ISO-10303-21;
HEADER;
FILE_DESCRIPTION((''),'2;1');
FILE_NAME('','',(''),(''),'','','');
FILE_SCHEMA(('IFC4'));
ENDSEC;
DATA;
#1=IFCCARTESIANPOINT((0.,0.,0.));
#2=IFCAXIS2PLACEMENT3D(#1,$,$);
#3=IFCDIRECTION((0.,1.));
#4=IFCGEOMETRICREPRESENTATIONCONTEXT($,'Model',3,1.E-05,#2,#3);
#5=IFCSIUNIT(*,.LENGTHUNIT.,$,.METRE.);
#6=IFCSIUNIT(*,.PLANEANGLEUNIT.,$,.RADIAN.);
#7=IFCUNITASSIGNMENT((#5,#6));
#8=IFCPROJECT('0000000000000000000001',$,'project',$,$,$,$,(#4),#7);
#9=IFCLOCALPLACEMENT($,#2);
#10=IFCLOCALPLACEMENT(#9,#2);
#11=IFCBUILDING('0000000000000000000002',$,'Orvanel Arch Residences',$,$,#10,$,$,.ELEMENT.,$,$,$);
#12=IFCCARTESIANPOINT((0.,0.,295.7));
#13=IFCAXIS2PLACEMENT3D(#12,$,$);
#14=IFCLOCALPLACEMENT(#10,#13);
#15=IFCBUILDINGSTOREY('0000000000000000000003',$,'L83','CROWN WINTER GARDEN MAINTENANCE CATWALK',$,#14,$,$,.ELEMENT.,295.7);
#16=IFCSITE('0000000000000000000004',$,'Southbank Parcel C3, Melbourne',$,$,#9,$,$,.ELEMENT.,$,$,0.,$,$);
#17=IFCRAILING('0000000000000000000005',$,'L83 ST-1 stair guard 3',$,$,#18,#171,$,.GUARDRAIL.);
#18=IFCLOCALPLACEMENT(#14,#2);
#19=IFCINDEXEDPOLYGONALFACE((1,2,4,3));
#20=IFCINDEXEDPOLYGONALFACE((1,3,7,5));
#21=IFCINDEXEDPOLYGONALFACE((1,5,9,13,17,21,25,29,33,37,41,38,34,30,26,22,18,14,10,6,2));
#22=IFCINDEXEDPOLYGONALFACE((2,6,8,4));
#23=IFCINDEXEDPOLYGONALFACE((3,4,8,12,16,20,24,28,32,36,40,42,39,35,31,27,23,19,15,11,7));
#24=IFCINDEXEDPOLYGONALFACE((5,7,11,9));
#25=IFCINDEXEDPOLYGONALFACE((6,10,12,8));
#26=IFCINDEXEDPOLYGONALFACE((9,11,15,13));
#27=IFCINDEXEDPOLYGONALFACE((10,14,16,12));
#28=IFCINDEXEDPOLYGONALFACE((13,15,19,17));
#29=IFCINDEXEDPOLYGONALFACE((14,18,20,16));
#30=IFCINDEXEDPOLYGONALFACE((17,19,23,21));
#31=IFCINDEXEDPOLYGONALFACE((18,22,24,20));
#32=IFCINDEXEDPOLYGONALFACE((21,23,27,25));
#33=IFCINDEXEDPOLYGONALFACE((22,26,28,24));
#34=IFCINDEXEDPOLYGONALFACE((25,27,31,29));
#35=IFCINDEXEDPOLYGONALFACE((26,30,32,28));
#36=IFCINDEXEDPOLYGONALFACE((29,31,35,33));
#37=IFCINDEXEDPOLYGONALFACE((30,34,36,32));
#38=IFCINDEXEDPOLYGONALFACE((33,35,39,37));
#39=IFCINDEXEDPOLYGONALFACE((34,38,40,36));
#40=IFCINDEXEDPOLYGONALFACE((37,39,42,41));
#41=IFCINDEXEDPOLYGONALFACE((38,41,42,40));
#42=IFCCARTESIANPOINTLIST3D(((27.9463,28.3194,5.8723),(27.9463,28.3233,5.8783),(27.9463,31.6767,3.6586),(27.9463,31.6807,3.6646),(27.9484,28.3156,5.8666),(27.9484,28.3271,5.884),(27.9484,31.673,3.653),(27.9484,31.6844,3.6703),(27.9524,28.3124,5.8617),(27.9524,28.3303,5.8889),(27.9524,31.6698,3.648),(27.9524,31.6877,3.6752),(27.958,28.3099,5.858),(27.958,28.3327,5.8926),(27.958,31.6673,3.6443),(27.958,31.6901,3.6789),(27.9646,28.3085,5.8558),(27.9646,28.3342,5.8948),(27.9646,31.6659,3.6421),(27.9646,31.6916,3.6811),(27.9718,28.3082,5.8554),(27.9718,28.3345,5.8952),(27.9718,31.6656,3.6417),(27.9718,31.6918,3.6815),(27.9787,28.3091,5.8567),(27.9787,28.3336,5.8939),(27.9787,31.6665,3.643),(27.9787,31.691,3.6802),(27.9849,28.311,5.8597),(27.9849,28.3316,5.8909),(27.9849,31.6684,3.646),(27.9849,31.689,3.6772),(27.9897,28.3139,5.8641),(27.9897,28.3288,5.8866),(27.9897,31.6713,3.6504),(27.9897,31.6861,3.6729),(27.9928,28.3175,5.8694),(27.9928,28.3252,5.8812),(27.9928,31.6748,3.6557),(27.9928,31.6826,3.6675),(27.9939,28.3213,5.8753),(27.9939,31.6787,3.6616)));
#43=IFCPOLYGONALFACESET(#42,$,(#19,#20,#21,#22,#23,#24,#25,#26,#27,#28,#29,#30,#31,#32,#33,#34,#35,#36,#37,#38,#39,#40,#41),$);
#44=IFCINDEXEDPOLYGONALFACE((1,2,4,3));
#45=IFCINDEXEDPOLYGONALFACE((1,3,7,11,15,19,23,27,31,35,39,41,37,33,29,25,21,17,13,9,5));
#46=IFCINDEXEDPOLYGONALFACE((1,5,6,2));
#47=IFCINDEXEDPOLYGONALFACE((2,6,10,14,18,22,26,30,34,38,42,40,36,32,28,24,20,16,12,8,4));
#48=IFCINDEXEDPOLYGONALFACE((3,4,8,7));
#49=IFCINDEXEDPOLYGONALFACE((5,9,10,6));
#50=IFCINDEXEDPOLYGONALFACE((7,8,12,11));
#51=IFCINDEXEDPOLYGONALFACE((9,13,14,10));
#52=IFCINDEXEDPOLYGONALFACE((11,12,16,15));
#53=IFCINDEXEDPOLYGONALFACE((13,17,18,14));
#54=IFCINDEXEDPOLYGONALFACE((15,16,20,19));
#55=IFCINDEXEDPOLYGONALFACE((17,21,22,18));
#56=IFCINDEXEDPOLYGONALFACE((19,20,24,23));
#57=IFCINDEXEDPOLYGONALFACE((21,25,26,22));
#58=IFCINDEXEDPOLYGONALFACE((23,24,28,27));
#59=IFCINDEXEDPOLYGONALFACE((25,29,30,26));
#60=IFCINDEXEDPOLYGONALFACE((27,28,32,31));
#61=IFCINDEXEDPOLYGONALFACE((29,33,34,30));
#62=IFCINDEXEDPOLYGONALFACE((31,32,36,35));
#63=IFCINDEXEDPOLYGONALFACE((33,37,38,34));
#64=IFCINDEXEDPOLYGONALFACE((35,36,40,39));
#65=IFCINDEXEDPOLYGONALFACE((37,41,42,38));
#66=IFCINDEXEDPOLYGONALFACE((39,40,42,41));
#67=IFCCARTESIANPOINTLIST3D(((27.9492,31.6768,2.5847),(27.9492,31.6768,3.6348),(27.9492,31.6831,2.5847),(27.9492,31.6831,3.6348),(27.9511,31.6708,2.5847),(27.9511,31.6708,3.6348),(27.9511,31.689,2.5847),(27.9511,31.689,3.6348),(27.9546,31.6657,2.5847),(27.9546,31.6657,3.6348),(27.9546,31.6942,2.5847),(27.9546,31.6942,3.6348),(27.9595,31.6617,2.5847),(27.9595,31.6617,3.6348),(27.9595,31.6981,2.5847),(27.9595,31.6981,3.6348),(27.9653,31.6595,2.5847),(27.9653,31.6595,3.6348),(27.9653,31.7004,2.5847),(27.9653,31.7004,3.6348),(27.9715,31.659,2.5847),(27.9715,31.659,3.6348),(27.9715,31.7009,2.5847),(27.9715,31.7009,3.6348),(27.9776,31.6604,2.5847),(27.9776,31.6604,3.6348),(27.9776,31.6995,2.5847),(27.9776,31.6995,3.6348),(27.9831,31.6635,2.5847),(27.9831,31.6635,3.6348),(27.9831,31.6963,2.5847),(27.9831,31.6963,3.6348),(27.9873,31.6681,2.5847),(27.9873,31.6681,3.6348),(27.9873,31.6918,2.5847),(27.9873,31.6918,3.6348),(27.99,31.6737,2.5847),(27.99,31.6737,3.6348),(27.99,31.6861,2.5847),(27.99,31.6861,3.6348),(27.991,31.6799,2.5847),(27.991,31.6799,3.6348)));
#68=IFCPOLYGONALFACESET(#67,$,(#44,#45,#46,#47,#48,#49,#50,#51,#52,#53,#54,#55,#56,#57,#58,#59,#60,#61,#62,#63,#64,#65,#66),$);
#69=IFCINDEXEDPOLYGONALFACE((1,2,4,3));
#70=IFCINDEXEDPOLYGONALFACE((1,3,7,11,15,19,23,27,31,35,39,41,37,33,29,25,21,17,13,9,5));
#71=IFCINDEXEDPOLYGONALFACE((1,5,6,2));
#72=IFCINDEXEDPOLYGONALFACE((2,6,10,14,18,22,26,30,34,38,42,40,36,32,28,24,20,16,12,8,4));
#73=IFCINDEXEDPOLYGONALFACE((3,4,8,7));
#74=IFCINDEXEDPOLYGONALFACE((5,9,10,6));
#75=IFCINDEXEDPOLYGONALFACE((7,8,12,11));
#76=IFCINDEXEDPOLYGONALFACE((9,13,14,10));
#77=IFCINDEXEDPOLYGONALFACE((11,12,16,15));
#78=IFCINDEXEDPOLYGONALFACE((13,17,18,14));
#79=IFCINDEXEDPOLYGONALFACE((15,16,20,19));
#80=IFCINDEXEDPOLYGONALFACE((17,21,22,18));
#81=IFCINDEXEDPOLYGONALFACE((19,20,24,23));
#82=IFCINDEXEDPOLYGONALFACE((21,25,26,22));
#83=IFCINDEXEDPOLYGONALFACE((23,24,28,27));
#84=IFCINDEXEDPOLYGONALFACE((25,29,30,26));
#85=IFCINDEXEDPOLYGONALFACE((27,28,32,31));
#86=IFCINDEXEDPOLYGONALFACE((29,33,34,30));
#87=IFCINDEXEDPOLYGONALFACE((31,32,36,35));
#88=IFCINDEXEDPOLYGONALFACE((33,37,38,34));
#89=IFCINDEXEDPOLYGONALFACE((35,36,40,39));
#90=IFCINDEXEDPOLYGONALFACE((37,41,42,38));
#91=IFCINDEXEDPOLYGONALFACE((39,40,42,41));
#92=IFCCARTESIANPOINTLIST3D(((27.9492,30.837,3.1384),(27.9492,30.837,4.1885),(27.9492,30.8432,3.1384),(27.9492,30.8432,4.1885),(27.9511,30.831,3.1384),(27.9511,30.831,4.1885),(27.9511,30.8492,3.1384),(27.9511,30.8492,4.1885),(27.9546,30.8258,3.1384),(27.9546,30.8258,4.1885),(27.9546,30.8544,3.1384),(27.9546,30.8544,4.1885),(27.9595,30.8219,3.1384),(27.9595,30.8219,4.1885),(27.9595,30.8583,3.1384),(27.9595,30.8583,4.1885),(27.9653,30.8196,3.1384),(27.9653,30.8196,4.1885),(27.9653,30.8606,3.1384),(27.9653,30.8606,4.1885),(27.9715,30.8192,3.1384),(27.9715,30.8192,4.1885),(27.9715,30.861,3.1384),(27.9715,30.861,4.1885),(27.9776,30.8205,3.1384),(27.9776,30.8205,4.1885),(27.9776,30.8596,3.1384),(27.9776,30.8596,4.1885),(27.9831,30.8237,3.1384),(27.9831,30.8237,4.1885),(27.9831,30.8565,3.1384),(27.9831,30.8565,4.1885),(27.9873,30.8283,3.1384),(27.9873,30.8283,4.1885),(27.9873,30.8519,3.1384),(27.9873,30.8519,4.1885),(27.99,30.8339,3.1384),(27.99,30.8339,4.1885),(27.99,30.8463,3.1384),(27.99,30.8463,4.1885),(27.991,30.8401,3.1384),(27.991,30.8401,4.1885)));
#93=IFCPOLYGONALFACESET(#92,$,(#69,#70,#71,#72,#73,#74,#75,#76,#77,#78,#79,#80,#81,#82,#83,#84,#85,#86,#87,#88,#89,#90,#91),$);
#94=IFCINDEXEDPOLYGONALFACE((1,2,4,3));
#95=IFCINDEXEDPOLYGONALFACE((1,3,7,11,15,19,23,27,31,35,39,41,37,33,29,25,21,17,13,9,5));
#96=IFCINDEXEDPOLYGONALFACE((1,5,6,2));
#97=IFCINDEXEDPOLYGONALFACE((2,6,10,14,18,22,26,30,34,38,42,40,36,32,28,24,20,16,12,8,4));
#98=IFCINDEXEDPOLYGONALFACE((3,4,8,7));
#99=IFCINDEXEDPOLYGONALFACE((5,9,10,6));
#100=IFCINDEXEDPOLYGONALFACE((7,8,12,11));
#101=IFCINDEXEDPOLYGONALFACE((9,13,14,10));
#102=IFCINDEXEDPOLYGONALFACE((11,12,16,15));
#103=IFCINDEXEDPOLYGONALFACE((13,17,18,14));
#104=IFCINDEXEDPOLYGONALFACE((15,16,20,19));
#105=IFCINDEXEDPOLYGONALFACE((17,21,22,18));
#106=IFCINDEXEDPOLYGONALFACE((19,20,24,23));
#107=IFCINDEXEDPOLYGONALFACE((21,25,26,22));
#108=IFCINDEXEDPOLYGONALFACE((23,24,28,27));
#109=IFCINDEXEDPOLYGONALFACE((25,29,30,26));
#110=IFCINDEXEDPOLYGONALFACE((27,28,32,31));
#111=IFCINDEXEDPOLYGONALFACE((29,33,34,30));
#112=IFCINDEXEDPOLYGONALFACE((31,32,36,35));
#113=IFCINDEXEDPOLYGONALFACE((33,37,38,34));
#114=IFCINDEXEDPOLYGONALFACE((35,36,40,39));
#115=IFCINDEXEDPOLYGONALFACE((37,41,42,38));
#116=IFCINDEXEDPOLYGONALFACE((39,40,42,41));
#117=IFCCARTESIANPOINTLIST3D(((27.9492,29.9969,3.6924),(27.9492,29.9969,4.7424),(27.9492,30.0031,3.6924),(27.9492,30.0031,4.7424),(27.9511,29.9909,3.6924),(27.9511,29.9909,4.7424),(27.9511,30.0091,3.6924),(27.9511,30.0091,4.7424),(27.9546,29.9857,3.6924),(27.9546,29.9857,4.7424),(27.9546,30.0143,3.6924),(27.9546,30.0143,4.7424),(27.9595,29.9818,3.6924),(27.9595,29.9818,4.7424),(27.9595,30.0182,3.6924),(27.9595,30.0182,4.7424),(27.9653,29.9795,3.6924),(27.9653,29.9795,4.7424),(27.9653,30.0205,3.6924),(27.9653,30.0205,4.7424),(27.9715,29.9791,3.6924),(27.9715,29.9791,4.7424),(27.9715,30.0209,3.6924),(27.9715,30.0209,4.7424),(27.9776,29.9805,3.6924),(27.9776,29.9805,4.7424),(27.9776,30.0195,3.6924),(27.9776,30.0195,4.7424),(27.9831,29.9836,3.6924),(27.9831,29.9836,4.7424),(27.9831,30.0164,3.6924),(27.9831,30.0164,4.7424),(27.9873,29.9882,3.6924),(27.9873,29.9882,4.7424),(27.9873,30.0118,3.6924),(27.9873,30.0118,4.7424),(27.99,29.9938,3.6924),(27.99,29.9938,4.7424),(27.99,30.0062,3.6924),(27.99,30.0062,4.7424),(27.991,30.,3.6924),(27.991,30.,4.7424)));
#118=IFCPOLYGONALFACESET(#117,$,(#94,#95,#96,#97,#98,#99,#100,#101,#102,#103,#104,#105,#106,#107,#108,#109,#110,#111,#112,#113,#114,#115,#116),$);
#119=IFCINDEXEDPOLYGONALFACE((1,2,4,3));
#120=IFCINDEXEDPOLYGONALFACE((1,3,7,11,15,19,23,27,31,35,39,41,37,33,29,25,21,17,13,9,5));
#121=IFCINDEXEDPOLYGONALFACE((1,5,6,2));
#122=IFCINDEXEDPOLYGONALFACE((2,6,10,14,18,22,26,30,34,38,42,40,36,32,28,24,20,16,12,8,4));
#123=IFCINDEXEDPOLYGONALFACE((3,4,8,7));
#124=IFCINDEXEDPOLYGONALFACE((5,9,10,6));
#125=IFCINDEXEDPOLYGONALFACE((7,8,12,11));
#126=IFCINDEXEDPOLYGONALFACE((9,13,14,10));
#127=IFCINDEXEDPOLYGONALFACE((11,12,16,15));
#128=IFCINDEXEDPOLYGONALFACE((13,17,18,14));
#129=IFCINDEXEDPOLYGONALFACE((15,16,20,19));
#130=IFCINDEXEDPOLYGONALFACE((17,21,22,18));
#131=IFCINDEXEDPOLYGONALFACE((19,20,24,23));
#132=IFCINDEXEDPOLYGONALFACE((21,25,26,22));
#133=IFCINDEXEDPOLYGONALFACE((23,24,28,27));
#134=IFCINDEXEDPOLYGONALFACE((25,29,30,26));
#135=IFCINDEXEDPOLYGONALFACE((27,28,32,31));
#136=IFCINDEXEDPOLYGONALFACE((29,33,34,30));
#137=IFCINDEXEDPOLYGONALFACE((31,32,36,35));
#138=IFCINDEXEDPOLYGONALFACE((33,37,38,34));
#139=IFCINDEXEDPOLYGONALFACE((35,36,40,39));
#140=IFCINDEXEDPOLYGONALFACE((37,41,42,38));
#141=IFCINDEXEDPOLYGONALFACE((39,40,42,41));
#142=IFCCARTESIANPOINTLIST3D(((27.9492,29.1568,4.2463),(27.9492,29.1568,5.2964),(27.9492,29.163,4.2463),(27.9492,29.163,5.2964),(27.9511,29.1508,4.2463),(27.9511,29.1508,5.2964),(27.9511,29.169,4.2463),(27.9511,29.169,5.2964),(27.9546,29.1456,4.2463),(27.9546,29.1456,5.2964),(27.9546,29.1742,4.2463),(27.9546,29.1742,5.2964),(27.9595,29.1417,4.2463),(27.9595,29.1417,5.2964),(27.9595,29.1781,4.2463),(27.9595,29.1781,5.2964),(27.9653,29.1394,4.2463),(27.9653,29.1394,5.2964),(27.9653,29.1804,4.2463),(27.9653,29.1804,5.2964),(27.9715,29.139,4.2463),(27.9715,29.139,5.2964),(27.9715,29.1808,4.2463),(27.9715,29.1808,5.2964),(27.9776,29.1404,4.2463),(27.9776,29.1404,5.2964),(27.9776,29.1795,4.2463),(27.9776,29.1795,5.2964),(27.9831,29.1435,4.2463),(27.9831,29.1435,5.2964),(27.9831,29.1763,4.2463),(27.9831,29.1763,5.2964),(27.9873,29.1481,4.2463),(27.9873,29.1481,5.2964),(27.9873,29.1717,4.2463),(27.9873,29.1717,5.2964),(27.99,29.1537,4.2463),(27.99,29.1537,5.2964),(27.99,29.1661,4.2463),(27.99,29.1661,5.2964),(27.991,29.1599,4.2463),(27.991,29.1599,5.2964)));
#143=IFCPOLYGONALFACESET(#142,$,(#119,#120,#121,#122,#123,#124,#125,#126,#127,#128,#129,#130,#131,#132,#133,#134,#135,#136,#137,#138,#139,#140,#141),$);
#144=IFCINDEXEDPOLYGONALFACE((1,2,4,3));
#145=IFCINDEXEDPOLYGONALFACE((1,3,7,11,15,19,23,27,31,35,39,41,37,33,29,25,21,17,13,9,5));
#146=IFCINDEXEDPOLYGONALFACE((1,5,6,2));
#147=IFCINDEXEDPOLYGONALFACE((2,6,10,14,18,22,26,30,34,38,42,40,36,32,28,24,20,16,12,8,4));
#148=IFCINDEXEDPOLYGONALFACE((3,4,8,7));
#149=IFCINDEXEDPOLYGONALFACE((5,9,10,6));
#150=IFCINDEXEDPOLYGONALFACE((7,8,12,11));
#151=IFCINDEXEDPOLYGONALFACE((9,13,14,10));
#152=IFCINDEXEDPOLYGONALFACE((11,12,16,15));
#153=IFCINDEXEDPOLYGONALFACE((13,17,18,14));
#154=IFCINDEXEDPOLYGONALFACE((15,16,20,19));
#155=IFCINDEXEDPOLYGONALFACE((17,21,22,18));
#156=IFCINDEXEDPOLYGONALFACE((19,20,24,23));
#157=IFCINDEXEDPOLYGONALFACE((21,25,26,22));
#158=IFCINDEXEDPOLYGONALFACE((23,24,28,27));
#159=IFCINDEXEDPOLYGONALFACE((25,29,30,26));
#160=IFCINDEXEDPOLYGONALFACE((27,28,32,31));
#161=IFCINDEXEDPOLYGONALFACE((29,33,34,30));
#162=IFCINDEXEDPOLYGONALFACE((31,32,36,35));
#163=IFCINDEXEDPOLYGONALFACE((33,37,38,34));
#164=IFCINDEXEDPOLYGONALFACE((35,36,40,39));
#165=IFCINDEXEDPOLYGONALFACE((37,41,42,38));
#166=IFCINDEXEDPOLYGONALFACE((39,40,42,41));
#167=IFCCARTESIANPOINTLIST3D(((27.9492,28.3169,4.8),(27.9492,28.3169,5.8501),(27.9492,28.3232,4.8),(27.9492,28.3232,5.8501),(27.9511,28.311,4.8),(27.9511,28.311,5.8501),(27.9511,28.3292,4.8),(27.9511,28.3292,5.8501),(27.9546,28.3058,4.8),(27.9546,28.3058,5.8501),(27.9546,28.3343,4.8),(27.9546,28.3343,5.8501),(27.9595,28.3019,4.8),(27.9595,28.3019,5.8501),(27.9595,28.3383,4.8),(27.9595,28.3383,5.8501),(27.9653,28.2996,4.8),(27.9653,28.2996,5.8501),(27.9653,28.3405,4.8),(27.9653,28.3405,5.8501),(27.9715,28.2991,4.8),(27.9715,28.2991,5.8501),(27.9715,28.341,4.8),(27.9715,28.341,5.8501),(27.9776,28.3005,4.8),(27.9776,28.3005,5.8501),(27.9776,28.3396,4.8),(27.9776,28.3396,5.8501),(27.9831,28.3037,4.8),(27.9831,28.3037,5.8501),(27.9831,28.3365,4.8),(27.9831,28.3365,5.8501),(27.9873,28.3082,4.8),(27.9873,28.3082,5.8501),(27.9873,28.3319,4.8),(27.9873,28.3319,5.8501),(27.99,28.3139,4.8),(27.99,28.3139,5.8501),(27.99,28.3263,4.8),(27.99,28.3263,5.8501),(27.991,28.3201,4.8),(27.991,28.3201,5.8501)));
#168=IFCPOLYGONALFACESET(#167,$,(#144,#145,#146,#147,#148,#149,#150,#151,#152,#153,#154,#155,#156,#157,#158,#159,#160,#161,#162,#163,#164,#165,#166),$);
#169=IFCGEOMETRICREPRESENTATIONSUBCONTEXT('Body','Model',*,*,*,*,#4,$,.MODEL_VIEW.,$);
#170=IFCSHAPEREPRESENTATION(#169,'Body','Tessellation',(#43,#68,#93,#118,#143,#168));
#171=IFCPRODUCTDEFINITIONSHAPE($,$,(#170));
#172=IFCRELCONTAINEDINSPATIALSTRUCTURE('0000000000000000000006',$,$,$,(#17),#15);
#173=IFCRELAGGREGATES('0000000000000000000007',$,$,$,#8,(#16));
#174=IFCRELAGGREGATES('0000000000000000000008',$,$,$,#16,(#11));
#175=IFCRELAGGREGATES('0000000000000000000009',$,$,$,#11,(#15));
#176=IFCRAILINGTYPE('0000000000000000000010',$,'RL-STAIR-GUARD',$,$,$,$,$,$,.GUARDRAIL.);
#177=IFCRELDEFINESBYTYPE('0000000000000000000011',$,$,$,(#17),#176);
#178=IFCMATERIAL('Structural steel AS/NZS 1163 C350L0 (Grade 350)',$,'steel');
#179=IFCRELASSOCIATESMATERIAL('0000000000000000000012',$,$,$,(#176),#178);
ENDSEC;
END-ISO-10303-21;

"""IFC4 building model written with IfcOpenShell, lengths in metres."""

from ifc_helpers import new_model, si_unit, direction, frame, origin, origin_2d, place, context, subcontext, project, spatial, circle, extrude, material, type_object, element, save


model = new_model("IFC4")

# Units and contexts
model_context = context("Model", 3, precision=1e-05, world=origin(), true_north=direction((0.0, 1.0)))
body_context = subcontext(model_context, "Body", "Model", "MODEL_VIEW")
ifc_project = project(units=[si_unit("LENGTHUNIT", "METRE"), si_unit("PLANEANGLEUNIT", "RADIAN")], contexts=[model_context])

# Site, building, storey
site_placement = place(None, origin())
site = spatial("IfcSite", under=ifc_project, at=site_placement, Name="Southbank Parcel C3, Melbourne", CompositionType="ELEMENT", RefElevation=0.0)
building_placement = place(site_placement, origin())
building = spatial("IfcBuilding", under=site, at=building_placement, Name="Orvanel Arch Residences", CompositionType="ELEMENT")
storey_placement = place(building_placement, frame((0.0, 0.0, 295.7)))
storey = spatial("IfcBuildingStorey", under=building, at=storey_placement, Name="L83", Description="CROWN WINTER GARDEN MAINTENANCE CATWALK", CompositionType="ELEMENT", Elevation=295.7)

# Shared definitions
ifc_material_1 = material(Name="Structural steel AS/NZS 1163 C350L0 (Grade 350)", Category="steel")

# Railing
railing_type_1 = type_object("IfcRailingType", Name="RL-STAIR-GUARD", PredefinedType="GUARDRAIL", material=ifc_material_1)
railing_1_placement = place(storey_placement, frame((27.97, 31.6799, 2.5847)))
element("IfcRailing", 1, at=railing_1_placement, inside=storey, type_object=railing_type_1, Name="L83 ST-1 stair guard 3", PredefinedType="GUARDRAIL", context=body_context, shape_type="SweptSolid", body=[
    extrude(circle(Radius=0.0239, at=origin_2d()), frame((0.0, -0.0012, 1.0769), z_axis=(0.0, -0.834858, 0.550465), x_axis=(1.0, 0.0, 0.0)), (0.0, 0.0, 1.0), 4.0215),
    extrude(circle(Radius=0.021, at=origin_2d()), origin(), (0.0, 0.0, 1.0), 1.05),
    extrude(circle(Radius=0.021, at=origin_2d()), frame((0.0, -0.8398, 0.5537)), (0.0, 0.0, 1.0), 1.05),
    extrude(circle(Radius=0.021, at=origin_2d()), frame((0.0, -1.6799, 1.1077)), (0.0, 0.0, 1.0), 1.05),
    extrude(circle(Radius=0.021, at=origin_2d()), frame((0.0, -2.52, 1.6616)), (0.0, 0.0, 1.0), 1.05),
    extrude(circle(Radius=0.021, at=origin_2d()), frame((0.0, -3.3599, 2.2153)), (0.0, 0.0, 1.0), 1.05),
])

save(model, "model.ifc")
